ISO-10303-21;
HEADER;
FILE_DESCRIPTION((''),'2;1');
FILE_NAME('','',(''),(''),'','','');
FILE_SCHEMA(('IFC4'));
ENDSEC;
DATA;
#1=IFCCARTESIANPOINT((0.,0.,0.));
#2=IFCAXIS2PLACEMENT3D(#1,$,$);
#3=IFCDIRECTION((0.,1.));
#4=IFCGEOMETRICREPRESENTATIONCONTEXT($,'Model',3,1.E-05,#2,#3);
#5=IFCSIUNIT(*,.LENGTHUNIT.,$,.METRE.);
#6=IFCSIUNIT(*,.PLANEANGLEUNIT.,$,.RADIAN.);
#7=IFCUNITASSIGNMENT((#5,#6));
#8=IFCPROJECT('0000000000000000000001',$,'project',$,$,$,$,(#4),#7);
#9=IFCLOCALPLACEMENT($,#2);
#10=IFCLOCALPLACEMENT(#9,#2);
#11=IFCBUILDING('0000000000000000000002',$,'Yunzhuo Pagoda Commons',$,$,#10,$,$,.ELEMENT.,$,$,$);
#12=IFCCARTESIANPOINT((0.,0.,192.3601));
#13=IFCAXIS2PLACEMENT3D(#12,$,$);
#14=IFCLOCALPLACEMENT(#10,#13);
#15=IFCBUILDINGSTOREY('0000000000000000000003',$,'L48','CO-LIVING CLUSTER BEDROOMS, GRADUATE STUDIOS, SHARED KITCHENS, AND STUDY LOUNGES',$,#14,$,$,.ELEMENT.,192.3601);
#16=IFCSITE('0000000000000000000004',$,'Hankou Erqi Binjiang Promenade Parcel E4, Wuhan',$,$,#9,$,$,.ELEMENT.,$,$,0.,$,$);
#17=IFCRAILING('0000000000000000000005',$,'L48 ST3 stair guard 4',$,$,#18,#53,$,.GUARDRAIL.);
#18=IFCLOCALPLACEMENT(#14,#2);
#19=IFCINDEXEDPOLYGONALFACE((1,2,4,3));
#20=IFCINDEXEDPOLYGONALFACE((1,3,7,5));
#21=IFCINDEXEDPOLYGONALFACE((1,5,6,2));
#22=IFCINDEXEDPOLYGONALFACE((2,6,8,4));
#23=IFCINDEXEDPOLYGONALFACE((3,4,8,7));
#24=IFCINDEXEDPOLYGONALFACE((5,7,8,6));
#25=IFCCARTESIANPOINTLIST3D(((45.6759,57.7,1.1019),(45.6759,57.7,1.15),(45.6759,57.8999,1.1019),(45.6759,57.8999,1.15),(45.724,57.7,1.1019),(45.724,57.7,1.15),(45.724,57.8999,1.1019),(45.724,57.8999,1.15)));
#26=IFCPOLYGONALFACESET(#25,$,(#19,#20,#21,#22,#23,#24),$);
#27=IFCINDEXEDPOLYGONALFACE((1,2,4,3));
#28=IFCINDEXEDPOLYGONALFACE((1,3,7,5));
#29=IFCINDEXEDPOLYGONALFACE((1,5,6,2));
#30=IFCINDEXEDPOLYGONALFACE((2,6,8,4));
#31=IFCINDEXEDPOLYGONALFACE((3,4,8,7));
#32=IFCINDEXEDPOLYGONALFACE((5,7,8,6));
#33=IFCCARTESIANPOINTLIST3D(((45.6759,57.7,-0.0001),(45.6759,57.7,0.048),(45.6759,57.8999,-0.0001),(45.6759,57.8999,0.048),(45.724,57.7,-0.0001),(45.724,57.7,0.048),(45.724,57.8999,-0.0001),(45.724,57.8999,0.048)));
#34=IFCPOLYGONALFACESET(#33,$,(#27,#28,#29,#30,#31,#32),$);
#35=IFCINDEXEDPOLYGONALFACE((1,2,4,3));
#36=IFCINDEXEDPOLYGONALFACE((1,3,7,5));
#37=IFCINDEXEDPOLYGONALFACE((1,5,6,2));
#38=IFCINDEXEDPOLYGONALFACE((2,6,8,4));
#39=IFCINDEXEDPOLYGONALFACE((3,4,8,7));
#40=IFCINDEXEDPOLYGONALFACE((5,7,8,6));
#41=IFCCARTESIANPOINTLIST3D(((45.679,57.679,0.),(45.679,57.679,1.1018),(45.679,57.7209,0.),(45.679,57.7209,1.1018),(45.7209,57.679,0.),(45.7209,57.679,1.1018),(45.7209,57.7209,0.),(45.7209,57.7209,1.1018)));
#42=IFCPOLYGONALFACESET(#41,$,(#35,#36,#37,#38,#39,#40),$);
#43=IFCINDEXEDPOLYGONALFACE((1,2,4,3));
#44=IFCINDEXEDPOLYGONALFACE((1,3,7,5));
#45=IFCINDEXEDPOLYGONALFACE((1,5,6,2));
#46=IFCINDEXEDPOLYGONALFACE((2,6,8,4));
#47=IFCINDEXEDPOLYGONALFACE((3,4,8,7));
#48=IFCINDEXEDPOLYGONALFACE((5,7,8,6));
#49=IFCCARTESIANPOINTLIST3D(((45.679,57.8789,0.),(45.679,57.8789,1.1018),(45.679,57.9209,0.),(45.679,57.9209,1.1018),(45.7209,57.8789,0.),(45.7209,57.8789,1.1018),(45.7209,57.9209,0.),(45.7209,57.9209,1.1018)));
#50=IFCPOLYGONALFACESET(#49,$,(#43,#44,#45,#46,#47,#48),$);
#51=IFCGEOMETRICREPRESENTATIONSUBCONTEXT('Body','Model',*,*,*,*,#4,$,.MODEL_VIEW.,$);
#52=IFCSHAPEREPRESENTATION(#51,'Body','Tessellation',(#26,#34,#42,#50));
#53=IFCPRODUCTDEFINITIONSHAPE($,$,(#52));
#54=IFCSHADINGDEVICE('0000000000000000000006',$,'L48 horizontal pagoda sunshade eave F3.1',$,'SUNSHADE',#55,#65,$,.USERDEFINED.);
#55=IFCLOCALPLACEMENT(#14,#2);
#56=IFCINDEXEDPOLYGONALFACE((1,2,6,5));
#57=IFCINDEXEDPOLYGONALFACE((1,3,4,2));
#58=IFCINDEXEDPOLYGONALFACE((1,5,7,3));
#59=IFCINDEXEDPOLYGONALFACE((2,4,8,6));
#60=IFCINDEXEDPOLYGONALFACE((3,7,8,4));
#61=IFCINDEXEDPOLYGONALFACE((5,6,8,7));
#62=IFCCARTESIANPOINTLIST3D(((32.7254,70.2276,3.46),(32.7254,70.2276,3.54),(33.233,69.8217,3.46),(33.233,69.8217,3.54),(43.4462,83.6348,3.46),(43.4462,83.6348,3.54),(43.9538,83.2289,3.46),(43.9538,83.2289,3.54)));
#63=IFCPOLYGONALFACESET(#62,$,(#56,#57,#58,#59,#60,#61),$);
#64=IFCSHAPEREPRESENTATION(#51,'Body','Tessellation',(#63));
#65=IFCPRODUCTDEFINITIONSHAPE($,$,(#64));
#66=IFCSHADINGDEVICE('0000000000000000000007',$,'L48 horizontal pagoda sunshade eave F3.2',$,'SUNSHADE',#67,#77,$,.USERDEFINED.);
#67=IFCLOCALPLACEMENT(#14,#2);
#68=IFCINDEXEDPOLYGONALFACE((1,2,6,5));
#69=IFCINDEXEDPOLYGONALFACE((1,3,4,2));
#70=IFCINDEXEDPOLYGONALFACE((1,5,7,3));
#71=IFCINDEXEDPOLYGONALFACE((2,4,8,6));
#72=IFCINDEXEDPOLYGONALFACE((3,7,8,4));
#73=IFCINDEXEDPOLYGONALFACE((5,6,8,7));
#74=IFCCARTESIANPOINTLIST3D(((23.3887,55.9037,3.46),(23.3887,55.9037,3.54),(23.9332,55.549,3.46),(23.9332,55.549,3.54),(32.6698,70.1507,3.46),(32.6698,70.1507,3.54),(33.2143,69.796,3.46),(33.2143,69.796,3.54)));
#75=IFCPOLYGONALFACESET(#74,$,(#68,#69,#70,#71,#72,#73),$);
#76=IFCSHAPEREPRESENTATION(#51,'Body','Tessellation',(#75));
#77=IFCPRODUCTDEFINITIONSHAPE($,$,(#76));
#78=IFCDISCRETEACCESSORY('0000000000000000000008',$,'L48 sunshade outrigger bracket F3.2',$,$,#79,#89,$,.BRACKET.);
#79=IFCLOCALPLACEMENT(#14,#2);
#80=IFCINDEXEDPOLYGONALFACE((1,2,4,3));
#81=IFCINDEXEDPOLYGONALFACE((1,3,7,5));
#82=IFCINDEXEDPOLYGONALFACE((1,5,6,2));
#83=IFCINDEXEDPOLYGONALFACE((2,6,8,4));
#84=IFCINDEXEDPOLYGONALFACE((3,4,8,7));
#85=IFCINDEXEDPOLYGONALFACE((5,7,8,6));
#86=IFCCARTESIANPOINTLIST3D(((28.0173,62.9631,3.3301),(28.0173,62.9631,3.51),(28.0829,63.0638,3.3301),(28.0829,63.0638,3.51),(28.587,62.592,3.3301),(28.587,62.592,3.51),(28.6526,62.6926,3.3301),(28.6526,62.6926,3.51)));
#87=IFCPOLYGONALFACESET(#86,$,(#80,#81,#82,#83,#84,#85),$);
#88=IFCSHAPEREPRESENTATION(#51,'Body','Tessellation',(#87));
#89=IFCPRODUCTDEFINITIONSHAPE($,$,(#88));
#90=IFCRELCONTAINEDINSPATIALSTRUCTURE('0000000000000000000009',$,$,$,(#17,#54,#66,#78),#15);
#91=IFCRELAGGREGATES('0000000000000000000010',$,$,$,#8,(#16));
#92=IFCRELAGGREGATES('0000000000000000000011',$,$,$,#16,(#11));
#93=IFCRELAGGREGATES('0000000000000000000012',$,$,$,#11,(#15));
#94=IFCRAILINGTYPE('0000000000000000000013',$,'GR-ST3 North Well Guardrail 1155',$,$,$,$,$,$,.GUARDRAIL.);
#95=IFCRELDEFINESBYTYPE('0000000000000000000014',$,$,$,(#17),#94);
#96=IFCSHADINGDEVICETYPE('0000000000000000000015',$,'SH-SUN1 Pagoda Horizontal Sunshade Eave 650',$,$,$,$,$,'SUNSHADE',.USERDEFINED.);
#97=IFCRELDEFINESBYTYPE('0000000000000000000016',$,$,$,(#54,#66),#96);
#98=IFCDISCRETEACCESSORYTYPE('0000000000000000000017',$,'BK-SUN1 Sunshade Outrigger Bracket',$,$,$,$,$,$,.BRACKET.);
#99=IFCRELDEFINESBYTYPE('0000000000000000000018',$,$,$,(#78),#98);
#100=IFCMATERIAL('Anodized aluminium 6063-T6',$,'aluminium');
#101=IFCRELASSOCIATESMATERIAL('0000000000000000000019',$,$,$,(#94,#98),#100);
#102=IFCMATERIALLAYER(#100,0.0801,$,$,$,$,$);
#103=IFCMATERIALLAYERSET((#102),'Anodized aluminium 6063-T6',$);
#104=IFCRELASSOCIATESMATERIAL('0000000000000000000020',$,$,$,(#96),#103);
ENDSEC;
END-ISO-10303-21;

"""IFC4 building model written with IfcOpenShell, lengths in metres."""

from ifc_helpers import new_model, si_unit, direction, frame, origin, origin_2d, place, context, subcontext, project, spatial, rectangle, extrude, source, transform, mapped, material, layer, layer_set, type_object, element, save


model = new_model("IFC4")

# Units and contexts
model_context = context("Model", 3, precision=1e-05, world=origin(), true_north=direction((0.0, 1.0)))
body_context = subcontext(model_context, "Body", "Model", "MODEL_VIEW")
ifc_project = project(units=[si_unit("LENGTHUNIT", "METRE"), si_unit("PLANEANGLEUNIT", "RADIAN")], contexts=[model_context])

# Site, building, storey
site_placement = place(None, origin())
site = spatial("IfcSite", under=ifc_project, at=site_placement, Name="Hankou Erqi Binjiang Promenade Parcel E4, Wuhan", CompositionType="ELEMENT", RefElevation=0.0)
building_placement = place(site_placement, origin())
building = spatial("IfcBuilding", under=site, at=building_placement, Name="Yunzhuo Pagoda Commons", CompositionType="ELEMENT")
storey_placement = place(building_placement, frame((0.0, 0.0, 192.3601)))
storey = spatial("IfcBuildingStorey", under=building, at=storey_placement, Name="L48", Description="CO-LIVING CLUSTER BEDROOMS, GRADUATE STUDIOS, SHARED KITCHENS, AND STUDY LOUNGES", CompositionType="ELEMENT", Elevation=192.3601)

# Shared definitions
ifc_material_1 = material(Name="Anodized aluminium 6063-T6", Category="aluminium")

# Railing
railing_type = type_object("IfcRailingType", Name="GR-ST3 North Well Guardrail 1155", PredefinedType="GUARDRAIL", material=ifc_material_1)
railing_placement = place(storey_placement, frame((45.7, 57.7, 0.0)))
element("IfcRailing", 1, at=railing_placement, inside=storey, type_object=railing_type, Name="L48 ST3 stair guard 4", PredefinedType="GUARDRAIL", context=body_context, shape_type="SweptSolid", body=[
    extrude(rectangle(XDim=0.0481, YDim=0.0481, at=origin_2d()), frame((0.0, 0.0, 1.126), z_axis=(0.0, 1.0, 0.0), x_axis=(-1.0, 0.0, 0.0)), (0.0, 0.0, 1.0), 0.2),
    extrude(rectangle(XDim=0.0481, YDim=0.0481, at=origin_2d()), frame((0.0, 0.0, 0.0239), z_axis=(0.0, 1.0, 0.0), x_axis=(-1.0, 0.0, 0.0)), (0.0, 0.0, 1.0), 0.2),
    extrude(rectangle(XDim=0.042, YDim=0.042, at=origin_2d()), origin(), (0.0, 0.0, 1.0), 1.1018),
    extrude(rectangle(XDim=0.042, YDim=0.042, at=origin_2d()), frame((0.0, 0.2, 0.0)), (0.0, 0.0, 1.0), 1.1018),
])

# Shading devices
ifc_layer_1 = layer(ifc_material_1, 0.0801)
ifc_layer_set_1 = layer_set([ifc_layer_1], Name="Anodized aluminium 6063-T6")
shading_device_type = type_object("IfcShadingDeviceType", Name="SH-SUN1 Pagoda Horizontal Sunshade Eave 650", ElementType="SUNSHADE", PredefinedType="USERDEFINED", material=ifc_layer_set_1)
shared_shape_1 = source(origin(), body_context, "Body", "SweptSolid", [
    extrude(rectangle(XDim=17.1665, YDim=0.6499, at=origin_2d()), origin(), (0.0, 0.0, 1.0), 0.0801),
])
shading_device_1_placement = place(storey_placement, frame((38.3396, 76.7283, 3.46), z_axis=(0.0, 0.0, 1.0), x_axis=(-0.62452, -0.781008, 0.0)))
element("IfcShadingDevice", 2, at=shading_device_1_placement, inside=storey, type_object=shading_device_type, Name="L48 horizontal pagoda sunshade eave F3.1", ObjectType="SUNSHADE", PredefinedType="USERDEFINED", context=body_context, shape_type="MappedRepresentation", body=[
    mapped(shared_shape_1, transform((0.0, 0.0, 0.0), scale=1.0)),
])
shared_shape_2 = source(origin(), body_context, "Body", "SweptSolid", [
    extrude(rectangle(XDim=17.0034, YDim=0.6499, at=origin_2d()), origin(), (0.0, 0.0, 1.0), 0.0801),
])
shading_device_2_placement = place(storey_placement, frame((28.3015, 62.8499, 3.46), z_axis=(0.0, 0.0, 1.0), x_axis=(-0.545839, -0.83789, 0.0)))
element("IfcShadingDevice", 3, at=shading_device_2_placement, inside=storey, type_object=shading_device_type, Name="L48 horizontal pagoda sunshade eave F3.2", ObjectType="SUNSHADE", PredefinedType="USERDEFINED", context=body_context, shape_type="MappedRepresentation", body=[
    mapped(shared_shape_2, transform((0.0, 0.0, 0.0), scale=1.0)),
])

# Discrete accessory
discrete_accessory_type = type_object("IfcDiscreteAccessoryType", Name="BK-SUN1 Sunshade Outrigger Bracket", PredefinedType="BRACKET", material=ifc_material_1)
shared_shape_3 = source(origin(), body_context, "Body", "SweptSolid", [
    extrude(rectangle(XDim=0.1201, YDim=0.6799, at=origin_2d()), origin(), (0.0, 0.0, 1.0), 0.1799),
])
discrete_accessory_placement = place(storey_placement, frame((28.335, 62.8279, 3.3301), z_axis=(0.0, 0.0, 1.0), x_axis=(-0.545839, -0.83789, 0.0)))
element("IfcDiscreteAccessory", 4, at=discrete_accessory_placement, inside=storey, type_object=discrete_accessory_type, Name="L48 sunshade outrigger bracket F3.2", PredefinedType="BRACKET", context=body_context, shape_type="MappedRepresentation", body=[
    mapped(shared_shape_3, transform((0.0, 0.0, 0.0), scale=1.0)),
])

save(model, "model.ifc")
